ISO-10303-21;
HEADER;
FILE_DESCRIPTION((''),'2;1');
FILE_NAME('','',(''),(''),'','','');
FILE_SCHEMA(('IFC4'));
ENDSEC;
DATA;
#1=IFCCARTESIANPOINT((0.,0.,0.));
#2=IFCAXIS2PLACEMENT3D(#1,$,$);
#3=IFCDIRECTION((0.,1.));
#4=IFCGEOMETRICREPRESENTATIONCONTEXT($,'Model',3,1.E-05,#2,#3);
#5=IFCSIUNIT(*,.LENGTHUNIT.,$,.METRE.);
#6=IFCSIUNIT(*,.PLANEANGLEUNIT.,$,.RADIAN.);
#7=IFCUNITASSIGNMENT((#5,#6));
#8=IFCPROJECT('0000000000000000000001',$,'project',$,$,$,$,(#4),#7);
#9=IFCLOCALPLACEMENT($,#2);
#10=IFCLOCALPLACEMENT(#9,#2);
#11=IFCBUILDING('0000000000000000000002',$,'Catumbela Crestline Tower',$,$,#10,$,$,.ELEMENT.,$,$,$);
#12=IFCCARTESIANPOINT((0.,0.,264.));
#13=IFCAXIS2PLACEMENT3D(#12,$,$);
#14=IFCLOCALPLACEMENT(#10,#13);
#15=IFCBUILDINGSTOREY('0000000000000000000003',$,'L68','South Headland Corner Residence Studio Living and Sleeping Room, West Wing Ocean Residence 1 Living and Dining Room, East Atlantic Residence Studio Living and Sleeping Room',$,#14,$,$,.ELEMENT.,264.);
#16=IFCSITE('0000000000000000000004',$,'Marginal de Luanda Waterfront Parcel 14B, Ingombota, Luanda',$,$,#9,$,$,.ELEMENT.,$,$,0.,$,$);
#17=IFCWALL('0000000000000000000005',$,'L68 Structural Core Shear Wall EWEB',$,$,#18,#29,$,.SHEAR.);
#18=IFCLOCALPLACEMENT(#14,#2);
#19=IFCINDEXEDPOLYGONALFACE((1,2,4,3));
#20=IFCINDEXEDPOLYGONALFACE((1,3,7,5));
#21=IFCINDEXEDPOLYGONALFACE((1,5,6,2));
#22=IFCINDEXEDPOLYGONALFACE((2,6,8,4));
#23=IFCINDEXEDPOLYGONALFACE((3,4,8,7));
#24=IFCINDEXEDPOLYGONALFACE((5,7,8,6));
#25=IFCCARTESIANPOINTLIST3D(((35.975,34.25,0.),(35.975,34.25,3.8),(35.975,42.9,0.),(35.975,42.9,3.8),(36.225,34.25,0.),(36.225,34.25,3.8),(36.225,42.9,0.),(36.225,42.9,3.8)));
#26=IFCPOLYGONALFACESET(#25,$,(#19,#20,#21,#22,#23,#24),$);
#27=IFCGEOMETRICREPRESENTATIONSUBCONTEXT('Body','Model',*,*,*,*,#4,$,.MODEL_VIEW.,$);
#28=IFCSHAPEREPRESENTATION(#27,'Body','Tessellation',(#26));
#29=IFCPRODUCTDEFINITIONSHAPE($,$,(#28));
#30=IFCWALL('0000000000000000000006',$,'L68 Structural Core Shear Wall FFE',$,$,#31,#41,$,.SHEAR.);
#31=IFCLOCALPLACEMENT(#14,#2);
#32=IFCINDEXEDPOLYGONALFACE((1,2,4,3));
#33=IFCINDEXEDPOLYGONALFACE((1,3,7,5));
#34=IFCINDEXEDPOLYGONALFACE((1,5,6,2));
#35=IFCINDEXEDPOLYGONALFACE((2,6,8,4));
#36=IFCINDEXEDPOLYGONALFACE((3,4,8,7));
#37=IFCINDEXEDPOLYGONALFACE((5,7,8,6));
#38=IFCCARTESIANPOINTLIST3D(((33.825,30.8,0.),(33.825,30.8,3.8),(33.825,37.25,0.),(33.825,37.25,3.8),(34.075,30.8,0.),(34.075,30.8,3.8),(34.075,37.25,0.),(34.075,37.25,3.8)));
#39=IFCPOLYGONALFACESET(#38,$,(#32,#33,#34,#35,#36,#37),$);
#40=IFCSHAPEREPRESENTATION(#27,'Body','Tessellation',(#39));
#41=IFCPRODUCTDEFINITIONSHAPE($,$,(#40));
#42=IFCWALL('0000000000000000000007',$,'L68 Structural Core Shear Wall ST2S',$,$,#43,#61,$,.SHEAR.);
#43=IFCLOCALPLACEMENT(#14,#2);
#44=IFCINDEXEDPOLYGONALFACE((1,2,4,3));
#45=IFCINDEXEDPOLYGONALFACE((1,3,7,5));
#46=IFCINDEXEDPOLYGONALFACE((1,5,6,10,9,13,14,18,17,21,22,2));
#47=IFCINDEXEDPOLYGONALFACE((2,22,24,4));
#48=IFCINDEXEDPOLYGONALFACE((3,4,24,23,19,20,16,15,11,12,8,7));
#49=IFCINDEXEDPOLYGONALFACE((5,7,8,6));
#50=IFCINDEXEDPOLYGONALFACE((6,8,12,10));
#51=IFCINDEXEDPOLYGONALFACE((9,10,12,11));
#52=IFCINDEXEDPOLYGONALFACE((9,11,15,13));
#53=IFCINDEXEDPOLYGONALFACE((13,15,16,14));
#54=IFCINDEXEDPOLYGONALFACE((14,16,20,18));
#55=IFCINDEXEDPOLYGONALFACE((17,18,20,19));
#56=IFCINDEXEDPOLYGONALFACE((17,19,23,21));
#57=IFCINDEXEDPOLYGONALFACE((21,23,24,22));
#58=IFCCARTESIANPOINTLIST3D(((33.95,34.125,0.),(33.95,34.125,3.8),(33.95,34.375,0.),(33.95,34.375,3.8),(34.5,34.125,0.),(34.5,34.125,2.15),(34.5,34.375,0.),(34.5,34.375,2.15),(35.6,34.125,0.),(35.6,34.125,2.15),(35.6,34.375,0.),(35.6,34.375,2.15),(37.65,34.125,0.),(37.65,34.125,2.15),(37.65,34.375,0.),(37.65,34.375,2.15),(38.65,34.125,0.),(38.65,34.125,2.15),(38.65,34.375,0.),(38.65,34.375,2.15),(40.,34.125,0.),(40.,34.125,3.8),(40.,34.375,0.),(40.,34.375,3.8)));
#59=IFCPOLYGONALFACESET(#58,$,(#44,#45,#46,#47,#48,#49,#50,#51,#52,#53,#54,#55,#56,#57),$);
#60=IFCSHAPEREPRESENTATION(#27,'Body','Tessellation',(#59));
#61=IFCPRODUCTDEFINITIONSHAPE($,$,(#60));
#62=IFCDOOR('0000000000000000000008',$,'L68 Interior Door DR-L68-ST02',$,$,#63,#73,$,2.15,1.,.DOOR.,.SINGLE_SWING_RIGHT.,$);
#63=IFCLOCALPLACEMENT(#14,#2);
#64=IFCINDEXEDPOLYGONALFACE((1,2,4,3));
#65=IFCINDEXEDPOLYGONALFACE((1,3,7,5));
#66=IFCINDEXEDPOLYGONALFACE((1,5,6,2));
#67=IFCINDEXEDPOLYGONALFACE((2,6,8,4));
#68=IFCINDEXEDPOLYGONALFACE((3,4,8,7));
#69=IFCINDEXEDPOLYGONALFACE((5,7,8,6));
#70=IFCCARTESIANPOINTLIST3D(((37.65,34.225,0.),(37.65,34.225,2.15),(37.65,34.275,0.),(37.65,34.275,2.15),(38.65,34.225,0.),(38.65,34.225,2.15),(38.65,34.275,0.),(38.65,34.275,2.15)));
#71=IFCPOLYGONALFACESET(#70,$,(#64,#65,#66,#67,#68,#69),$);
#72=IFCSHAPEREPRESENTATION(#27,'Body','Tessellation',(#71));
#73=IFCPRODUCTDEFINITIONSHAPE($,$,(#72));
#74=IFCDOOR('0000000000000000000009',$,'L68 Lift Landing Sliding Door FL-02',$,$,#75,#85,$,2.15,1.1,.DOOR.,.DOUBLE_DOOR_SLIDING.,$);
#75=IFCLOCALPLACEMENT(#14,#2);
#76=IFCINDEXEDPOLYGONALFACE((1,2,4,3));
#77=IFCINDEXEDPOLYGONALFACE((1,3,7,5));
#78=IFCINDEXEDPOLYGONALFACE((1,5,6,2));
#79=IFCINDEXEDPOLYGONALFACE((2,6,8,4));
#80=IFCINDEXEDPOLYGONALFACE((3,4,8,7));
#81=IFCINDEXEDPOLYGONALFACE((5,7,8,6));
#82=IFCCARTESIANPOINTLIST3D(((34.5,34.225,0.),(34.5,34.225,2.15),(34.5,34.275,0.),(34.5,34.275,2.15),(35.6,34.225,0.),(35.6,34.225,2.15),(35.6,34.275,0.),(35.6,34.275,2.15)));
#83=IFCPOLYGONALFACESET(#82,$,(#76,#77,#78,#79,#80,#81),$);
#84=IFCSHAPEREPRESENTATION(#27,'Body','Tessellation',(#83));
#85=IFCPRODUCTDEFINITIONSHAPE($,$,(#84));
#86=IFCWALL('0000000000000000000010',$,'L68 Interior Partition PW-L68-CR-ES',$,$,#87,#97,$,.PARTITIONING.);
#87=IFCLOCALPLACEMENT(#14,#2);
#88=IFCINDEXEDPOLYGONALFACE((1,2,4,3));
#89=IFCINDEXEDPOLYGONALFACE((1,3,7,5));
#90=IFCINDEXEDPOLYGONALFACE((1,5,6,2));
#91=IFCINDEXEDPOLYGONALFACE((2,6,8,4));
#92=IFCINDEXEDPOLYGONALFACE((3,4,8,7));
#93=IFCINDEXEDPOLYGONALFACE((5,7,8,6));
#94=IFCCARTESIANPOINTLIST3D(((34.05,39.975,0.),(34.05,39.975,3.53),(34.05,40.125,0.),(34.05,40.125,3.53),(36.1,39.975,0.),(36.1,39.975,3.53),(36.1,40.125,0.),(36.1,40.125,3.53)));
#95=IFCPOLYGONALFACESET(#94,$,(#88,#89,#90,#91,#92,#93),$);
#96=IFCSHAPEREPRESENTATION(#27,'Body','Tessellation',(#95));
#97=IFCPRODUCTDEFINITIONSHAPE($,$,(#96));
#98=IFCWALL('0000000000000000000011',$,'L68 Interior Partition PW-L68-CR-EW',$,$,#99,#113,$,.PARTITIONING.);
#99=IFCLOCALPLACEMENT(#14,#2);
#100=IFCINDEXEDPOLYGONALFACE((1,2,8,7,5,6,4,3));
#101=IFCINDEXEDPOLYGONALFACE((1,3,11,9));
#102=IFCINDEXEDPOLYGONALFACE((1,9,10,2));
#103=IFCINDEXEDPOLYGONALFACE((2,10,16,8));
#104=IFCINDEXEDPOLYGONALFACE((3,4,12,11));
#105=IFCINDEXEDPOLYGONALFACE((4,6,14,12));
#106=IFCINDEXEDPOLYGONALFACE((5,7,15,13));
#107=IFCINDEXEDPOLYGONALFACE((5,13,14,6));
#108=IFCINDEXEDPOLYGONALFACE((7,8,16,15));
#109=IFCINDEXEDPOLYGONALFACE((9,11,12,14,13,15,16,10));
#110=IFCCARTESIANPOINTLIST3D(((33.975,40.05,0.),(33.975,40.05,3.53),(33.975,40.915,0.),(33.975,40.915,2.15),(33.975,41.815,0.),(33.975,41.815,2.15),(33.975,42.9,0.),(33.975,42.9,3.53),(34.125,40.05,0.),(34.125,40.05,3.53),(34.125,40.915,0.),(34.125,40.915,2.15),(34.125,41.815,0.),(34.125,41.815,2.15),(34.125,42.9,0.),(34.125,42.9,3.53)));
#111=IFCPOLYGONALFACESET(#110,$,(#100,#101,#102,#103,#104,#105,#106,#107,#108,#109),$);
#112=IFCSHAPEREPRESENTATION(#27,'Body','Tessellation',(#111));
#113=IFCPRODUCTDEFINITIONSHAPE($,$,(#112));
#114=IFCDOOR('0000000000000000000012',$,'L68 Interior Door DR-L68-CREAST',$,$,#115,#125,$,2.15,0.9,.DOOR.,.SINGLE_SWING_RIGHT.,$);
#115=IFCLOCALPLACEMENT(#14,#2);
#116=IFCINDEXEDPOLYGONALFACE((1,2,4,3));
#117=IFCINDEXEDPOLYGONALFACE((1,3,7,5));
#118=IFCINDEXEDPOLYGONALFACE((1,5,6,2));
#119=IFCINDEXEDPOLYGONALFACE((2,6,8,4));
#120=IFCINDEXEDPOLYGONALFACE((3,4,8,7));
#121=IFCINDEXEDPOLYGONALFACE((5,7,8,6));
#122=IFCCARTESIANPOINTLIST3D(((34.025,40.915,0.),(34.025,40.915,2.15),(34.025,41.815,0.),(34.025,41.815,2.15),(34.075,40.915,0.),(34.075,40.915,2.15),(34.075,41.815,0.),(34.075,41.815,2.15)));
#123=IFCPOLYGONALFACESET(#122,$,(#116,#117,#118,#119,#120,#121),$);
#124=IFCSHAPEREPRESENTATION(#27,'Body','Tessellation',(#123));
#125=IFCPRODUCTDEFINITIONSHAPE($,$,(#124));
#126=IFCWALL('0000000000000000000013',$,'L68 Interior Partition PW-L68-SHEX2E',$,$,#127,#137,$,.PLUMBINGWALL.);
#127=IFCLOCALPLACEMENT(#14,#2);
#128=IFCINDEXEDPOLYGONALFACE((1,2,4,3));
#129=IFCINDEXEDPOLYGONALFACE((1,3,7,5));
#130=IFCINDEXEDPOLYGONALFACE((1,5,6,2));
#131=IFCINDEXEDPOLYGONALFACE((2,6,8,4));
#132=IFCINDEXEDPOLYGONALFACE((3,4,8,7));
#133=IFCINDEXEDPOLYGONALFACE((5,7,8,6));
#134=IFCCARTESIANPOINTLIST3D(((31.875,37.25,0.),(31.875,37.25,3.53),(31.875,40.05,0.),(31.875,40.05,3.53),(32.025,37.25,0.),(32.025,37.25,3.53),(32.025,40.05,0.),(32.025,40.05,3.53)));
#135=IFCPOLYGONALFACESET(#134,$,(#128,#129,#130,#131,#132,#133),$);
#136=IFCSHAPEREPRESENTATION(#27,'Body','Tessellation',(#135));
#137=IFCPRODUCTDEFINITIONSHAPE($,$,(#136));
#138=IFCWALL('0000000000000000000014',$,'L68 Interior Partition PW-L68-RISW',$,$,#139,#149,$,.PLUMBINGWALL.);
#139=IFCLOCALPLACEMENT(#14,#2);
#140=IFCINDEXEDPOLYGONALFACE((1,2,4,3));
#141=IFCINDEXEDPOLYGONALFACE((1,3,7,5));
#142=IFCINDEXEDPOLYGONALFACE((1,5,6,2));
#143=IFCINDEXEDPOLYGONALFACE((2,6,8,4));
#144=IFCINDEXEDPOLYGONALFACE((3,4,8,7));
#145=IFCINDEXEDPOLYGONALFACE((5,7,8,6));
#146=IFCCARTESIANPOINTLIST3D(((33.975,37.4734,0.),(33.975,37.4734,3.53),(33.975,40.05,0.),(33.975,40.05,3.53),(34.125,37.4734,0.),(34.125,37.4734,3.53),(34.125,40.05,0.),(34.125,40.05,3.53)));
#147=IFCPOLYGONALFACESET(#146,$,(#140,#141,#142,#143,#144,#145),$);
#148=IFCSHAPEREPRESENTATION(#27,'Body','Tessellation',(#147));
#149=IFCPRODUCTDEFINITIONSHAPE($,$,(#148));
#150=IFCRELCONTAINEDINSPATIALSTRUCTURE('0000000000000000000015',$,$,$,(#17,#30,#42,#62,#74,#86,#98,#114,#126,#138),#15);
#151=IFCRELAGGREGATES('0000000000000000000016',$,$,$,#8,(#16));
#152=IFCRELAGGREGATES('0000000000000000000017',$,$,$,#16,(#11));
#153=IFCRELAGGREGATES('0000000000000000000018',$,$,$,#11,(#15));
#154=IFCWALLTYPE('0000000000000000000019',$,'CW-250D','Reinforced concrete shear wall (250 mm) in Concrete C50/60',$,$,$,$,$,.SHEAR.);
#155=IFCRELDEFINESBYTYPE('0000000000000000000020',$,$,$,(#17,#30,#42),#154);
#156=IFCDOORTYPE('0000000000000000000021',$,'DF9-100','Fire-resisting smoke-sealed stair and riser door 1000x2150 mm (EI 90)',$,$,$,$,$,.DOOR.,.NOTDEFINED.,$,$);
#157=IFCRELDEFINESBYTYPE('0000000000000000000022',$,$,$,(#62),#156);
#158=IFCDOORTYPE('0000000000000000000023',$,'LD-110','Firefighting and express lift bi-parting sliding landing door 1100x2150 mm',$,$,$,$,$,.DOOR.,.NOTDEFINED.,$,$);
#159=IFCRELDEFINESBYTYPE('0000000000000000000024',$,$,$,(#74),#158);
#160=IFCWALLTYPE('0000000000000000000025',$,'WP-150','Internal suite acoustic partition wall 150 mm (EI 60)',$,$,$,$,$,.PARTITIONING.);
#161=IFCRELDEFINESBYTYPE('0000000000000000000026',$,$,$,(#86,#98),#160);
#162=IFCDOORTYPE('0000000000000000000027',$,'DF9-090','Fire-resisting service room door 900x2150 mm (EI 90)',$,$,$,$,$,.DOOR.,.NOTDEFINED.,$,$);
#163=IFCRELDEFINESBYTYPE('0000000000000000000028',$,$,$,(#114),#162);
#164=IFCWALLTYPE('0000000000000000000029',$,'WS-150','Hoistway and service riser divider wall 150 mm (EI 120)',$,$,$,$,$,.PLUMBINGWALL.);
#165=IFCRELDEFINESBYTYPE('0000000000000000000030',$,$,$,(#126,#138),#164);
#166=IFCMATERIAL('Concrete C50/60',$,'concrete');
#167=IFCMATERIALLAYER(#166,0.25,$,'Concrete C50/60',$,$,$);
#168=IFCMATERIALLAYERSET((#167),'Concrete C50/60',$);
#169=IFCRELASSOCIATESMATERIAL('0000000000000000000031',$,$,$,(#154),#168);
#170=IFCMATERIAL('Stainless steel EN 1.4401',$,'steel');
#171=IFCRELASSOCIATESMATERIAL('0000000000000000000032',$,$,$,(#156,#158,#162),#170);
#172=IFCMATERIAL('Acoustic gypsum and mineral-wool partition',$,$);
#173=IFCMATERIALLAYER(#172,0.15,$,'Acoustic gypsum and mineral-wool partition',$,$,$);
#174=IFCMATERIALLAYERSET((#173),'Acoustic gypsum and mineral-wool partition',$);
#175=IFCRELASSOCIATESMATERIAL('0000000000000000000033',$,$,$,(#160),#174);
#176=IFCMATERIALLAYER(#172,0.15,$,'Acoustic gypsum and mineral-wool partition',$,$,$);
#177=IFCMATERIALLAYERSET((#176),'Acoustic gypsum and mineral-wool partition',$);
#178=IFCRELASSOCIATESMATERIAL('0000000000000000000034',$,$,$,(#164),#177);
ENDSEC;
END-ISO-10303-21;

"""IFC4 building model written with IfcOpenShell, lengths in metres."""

from ifc_helpers import new_model, si_unit, direction, frame, frame_2d, origin, place, context, subcontext, project, spatial, rectangle, extrude, material, layer, layer_set, type_object, element, fill, save


model = new_model("IFC4")

# Units and contexts
model_context = context("Model", 3, precision=1e-05, world=origin(), true_north=direction((0.0, 1.0)))
body_context = subcontext(model_context, "Body", "Model", "MODEL_VIEW")
ifc_project = project(units=[si_unit("LENGTHUNIT", "METRE"), si_unit("PLANEANGLEUNIT", "RADIAN")], contexts=[model_context])

# Site, building, storey
site_placement = place(None, origin())
site = spatial("IfcSite", under=ifc_project, at=site_placement, Name="Marginal de Luanda Waterfront Parcel 14B, Ingombota, Luanda", CompositionType="ELEMENT", RefElevation=0.0)
building_placement = place(site_placement, origin())
building = spatial("IfcBuilding", under=site, at=building_placement, Name="Catumbela Crestline Tower", CompositionType="ELEMENT")
storey_placement = place(building_placement, frame((0.0, 0.0, 264.0)))
storey = spatial("IfcBuildingStorey", under=building, at=storey_placement, Name="L68", Description="South Headland Corner Residence Studio Living and Sleeping Room, West Wing Ocean Residence 1 Living and Dining Room, East Atlantic Residence Studio Living and Sleeping Room", CompositionType="ELEMENT", Elevation=264.0)

# Walls
ifc_material_1 = material(Name="Concrete C50/60", Category="concrete")
ifc_layer_1 = layer(ifc_material_1, 0.25, Name="Concrete C50/60")
ifc_layer_set_1 = layer_set([ifc_layer_1], Name="Concrete C50/60")
wall_type_1 = type_object("IfcWallType", Name="CW-250D", Description="Reinforced concrete shear wall (250 mm) in Concrete C50/60", PredefinedType="SHEAR", material=ifc_layer_set_1)
wall_1_placement = place(storey_placement, frame((36.1, 34.25, 0.0), z_axis=(0.0, 0.0, 1.0), x_axis=(0.0, 1.0, 0.0)))
element("IfcWall", 1, at=wall_1_placement, inside=storey, type_object=wall_type_1, Name="L68 Structural Core Shear Wall EWEB", PredefinedType="SHEAR", context=body_context, shape_type="SweptSolid", body=[
    extrude(rectangle(XDim=8.65, YDim=0.25, at=frame_2d((4.325, 0.0))), origin(), (0.0, 0.0, 1.0), 3.8),
])
wall_2_placement = place(storey_placement, frame((33.95, 30.8, 0.0), z_axis=(0.0, 0.0, 1.0), x_axis=(0.0, 1.0, 0.0)))
element("IfcWall", 2, at=wall_2_placement, inside=storey, type_object=wall_type_1, Name="L68 Structural Core Shear Wall FFE", PredefinedType="SHEAR", context=body_context, shape_type="SweptSolid", body=[
    extrude(rectangle(XDim=6.45, YDim=0.25, at=frame_2d((3.225, 0.0))), origin(), (0.0, 0.0, 1.0), 3.8),
])

# Wall, openings, doors
wall_3_placement = place(storey_placement, frame((33.95, 34.25, 0.0), z_axis=(0.0, 0.0, 1.0), x_axis=(1.0, 0.0, 0.0)))
wall_3 = element("IfcWall", 3, at=wall_3_placement, inside=storey, type_object=wall_type_1, Name="L68 Structural Core Shear Wall ST2S", PredefinedType="SHEAR", context=body_context, shape_type="SweptSolid", body=[
    extrude(rectangle(XDim=6.05, YDim=0.25, at=frame_2d((3.025, 0.0))), origin(), (0.0, 0.0, 1.0), 3.8),
])
opening_1_placement = place(wall_3_placement, frame((3.7, 0.0, 0.0)))
opening_1 = element("IfcOpeningElement", 4, at=opening_1_placement, cuts=wall_3, PredefinedType="OPENING", context=body_context, shape_type="SweptSolid", body=[
    extrude(rectangle(XDim=1.0, YDim=2.15, at=frame_2d((0.5, 1.075))), frame((0.0, 0.135, 0.0), z_axis=(0.0, -1.0, 0.0), x_axis=(1.0, 0.0, 0.0)), (0.0, 0.0, 1.0), 0.27),
])
opening_2_placement = place(wall_3_placement, frame((0.55, 0.0, 0.0)))
opening_2 = element("IfcOpeningElement", 5, at=opening_2_placement, cuts=wall_3, PredefinedType="OPENING", context=body_context, shape_type="SweptSolid", body=[
    extrude(rectangle(XDim=1.1, YDim=2.15, at=frame_2d((0.55, 1.075))), frame((0.0, 0.135, 0.0), z_axis=(0.0, -1.0, 0.0), x_axis=(1.0, 0.0, 0.0)), (0.0, 0.0, 1.0), 0.27),
])
ifc_material_2 = material(Name="Stainless steel EN 1.4401", Category="steel")
door_type_1 = type_object("IfcDoorType", Name="DF9-100", Description="Fire-resisting smoke-sealed stair and riser door 1000x2150 mm (EI 90)", OperationType="NOTDEFINED", PredefinedType="DOOR", material=ifc_material_2)
door_1_placement = place(opening_1_placement, origin())
door_1 = element("IfcDoor", 6, at=door_1_placement, inside=storey, type_object=door_type_1, Name="L68 Interior Door DR-L68-ST02", OperationType="SINGLE_SWING_RIGHT", OverallHeight=2.15, OverallWidth=1.0, PredefinedType="DOOR", context=body_context, shape_type="SweptSolid", body=[
    extrude(rectangle(XDim=1.0, YDim=2.15, at=frame_2d((0.5, 1.075))), frame((0.0, 0.025, 0.0), z_axis=(0.0, -1.0, 0.0), x_axis=(1.0, 0.0, 0.0)), (0.0, 0.0, 1.0), 0.05),
])
fill(opening_1, door_1)
door_type_2 = type_object("IfcDoorType", Name="LD-110", Description="Firefighting and express lift bi-parting sliding landing door 1100x2150 mm", OperationType="NOTDEFINED", PredefinedType="DOOR", material=ifc_material_2)
door_2_placement = place(opening_2_placement, origin())
door_2 = element("IfcDoor", 7, at=door_2_placement, inside=storey, type_object=door_type_2, Name="L68 Lift Landing Sliding Door FL-02", OperationType="DOUBLE_DOOR_SLIDING", OverallHeight=2.15, OverallWidth=1.1, PredefinedType="DOOR", context=body_context, shape_type="SweptSolid", body=[
    extrude(rectangle(XDim=1.1, YDim=2.15, at=frame_2d((0.55, 1.075))), frame((0.0, 0.025, 0.0), z_axis=(0.0, -1.0, 0.0), x_axis=(1.0, 0.0, 0.0)), (0.0, 0.0, 1.0), 0.05),
])
fill(opening_2, door_2)

# Wall
ifc_material_3 = material(Name="Acoustic gypsum and mineral-wool partition")
ifc_layer_2 = layer(ifc_material_3, 0.15, Name="Acoustic gypsum and mineral-wool partition")
ifc_layer_set_2 = layer_set([ifc_layer_2], Name="Acoustic gypsum and mineral-wool partition")
wall_type_2 = type_object("IfcWallType", Name="WP-150", Description="Internal suite acoustic partition wall 150 mm (EI 60)", PredefinedType="PARTITIONING", material=ifc_layer_set_2)
wall_4_placement = place(storey_placement, frame((34.05, 40.05, 0.0), z_axis=(0.0, 0.0, 1.0), x_axis=(1.0, 0.0, 0.0)))
element("IfcWall", 8, at=wall_4_placement, inside=storey, type_object=wall_type_2, Name="L68 Interior Partition PW-L68-CR-ES", PredefinedType="PARTITIONING", context=body_context, shape_type="SweptSolid", body=[
    extrude(rectangle(XDim=2.05, YDim=0.15, at=frame_2d((1.025, 0.0))), origin(), (0.0, 0.0, 1.0), 3.53),
])

# Wall, opening, door
wall_5_placement = place(storey_placement, frame((34.05, 40.05, 0.0), z_axis=(0.0, 0.0, 1.0), x_axis=(0.0, 1.0, 0.0)))
wall_5 = element("IfcWall", 9, at=wall_5_placement, inside=storey, type_object=wall_type_2, Name="L68 Interior Partition PW-L68-CR-EW", PredefinedType="PARTITIONING", context=body_context, shape_type="SweptSolid", body=[
    extrude(rectangle(XDim=2.85, YDim=0.15, at=frame_2d((1.425, 0.0))), origin(), (0.0, 0.0, 1.0), 3.53),
])
opening_3_placement = place(wall_5_placement, frame((0.865, 0.0, 0.0)))
opening_3 = element("IfcOpeningElement", 10, at=opening_3_placement, cuts=wall_5, PredefinedType="OPENING", context=body_context, shape_type="SweptSolid", body=[
    extrude(rectangle(XDim=0.9, YDim=2.15, at=frame_2d((0.45, 1.075))), frame((0.0, 0.085, 0.0), z_axis=(0.0, -1.0, 0.0), x_axis=(1.0, 0.0, 0.0)), (0.0, 0.0, 1.0), 0.17),
])
door_type_3 = type_object("IfcDoorType", Name="DF9-090", Description="Fire-resisting service room door 900x2150 mm (EI 90)", OperationType="NOTDEFINED", PredefinedType="DOOR", material=ifc_material_2)
door_3_placement = place(opening_3_placement, origin())
door_3 = element("IfcDoor", 11, at=door_3_placement, inside=storey, type_object=door_type_3, Name="L68 Interior Door DR-L68-CREAST", OperationType="SINGLE_SWING_RIGHT", OverallHeight=2.15, OverallWidth=0.9, PredefinedType="DOOR", context=body_context, shape_type="SweptSolid", body=[
    extrude(rectangle(XDim=0.9, YDim=2.15, at=frame_2d((0.45, 1.075))), frame((0.0, 0.025, 0.0), z_axis=(0.0, -1.0, 0.0), x_axis=(1.0, 0.0, 0.0)), (0.0, 0.0, 1.0), 0.05),
])
fill(opening_3, door_3)

# Walls
ifc_layer_3 = layer(ifc_material_3, 0.15, Name="Acoustic gypsum and mineral-wool partition")
ifc_layer_set_3 = layer_set([ifc_layer_3], Name="Acoustic gypsum and mineral-wool partition")
wall_type_3 = type_object("IfcWallType", Name="WS-150", Description="Hoistway and service riser divider wall 150 mm (EI 120)", PredefinedType="PLUMBINGWALL", material=ifc_layer_set_3)
wall_6_placement = place(storey_placement, frame((31.95, 37.25, 0.0), z_axis=(0.0, 0.0, 1.0), x_axis=(0.0, 1.0, 0.0)))
element("IfcWall", 12, at=wall_6_placement, inside=storey, type_object=wall_type_3, Name="L68 Interior Partition PW-L68-SHEX2E", PredefinedType="PLUMBINGWALL", context=body_context, shape_type="SweptSolid", body=[
    extrude(rectangle(XDim=2.8, YDim=0.15, at=frame_2d((1.4, 0.0))), origin(), (0.0, 0.0, 1.0), 3.53),
])
wall_7_placement = place(storey_placement, frame((34.05, 37.4734, 0.0), z_axis=(0.0, 0.0, 1.0), x_axis=(0.0, 1.0, 0.0)))
element("IfcWall", 13, at=wall_7_placement, inside=storey, type_object=wall_type_3, Name="L68 Interior Partition PW-L68-RISW", PredefinedType="PLUMBINGWALL", context=body_context, shape_type="SweptSolid", body=[
    extrude(rectangle(XDim=2.5766, YDim=0.15, at=frame_2d((1.2883, 0.0))), origin(), (0.0, 0.0, 1.0), 3.53),
])

save(model, "model.ifc")
